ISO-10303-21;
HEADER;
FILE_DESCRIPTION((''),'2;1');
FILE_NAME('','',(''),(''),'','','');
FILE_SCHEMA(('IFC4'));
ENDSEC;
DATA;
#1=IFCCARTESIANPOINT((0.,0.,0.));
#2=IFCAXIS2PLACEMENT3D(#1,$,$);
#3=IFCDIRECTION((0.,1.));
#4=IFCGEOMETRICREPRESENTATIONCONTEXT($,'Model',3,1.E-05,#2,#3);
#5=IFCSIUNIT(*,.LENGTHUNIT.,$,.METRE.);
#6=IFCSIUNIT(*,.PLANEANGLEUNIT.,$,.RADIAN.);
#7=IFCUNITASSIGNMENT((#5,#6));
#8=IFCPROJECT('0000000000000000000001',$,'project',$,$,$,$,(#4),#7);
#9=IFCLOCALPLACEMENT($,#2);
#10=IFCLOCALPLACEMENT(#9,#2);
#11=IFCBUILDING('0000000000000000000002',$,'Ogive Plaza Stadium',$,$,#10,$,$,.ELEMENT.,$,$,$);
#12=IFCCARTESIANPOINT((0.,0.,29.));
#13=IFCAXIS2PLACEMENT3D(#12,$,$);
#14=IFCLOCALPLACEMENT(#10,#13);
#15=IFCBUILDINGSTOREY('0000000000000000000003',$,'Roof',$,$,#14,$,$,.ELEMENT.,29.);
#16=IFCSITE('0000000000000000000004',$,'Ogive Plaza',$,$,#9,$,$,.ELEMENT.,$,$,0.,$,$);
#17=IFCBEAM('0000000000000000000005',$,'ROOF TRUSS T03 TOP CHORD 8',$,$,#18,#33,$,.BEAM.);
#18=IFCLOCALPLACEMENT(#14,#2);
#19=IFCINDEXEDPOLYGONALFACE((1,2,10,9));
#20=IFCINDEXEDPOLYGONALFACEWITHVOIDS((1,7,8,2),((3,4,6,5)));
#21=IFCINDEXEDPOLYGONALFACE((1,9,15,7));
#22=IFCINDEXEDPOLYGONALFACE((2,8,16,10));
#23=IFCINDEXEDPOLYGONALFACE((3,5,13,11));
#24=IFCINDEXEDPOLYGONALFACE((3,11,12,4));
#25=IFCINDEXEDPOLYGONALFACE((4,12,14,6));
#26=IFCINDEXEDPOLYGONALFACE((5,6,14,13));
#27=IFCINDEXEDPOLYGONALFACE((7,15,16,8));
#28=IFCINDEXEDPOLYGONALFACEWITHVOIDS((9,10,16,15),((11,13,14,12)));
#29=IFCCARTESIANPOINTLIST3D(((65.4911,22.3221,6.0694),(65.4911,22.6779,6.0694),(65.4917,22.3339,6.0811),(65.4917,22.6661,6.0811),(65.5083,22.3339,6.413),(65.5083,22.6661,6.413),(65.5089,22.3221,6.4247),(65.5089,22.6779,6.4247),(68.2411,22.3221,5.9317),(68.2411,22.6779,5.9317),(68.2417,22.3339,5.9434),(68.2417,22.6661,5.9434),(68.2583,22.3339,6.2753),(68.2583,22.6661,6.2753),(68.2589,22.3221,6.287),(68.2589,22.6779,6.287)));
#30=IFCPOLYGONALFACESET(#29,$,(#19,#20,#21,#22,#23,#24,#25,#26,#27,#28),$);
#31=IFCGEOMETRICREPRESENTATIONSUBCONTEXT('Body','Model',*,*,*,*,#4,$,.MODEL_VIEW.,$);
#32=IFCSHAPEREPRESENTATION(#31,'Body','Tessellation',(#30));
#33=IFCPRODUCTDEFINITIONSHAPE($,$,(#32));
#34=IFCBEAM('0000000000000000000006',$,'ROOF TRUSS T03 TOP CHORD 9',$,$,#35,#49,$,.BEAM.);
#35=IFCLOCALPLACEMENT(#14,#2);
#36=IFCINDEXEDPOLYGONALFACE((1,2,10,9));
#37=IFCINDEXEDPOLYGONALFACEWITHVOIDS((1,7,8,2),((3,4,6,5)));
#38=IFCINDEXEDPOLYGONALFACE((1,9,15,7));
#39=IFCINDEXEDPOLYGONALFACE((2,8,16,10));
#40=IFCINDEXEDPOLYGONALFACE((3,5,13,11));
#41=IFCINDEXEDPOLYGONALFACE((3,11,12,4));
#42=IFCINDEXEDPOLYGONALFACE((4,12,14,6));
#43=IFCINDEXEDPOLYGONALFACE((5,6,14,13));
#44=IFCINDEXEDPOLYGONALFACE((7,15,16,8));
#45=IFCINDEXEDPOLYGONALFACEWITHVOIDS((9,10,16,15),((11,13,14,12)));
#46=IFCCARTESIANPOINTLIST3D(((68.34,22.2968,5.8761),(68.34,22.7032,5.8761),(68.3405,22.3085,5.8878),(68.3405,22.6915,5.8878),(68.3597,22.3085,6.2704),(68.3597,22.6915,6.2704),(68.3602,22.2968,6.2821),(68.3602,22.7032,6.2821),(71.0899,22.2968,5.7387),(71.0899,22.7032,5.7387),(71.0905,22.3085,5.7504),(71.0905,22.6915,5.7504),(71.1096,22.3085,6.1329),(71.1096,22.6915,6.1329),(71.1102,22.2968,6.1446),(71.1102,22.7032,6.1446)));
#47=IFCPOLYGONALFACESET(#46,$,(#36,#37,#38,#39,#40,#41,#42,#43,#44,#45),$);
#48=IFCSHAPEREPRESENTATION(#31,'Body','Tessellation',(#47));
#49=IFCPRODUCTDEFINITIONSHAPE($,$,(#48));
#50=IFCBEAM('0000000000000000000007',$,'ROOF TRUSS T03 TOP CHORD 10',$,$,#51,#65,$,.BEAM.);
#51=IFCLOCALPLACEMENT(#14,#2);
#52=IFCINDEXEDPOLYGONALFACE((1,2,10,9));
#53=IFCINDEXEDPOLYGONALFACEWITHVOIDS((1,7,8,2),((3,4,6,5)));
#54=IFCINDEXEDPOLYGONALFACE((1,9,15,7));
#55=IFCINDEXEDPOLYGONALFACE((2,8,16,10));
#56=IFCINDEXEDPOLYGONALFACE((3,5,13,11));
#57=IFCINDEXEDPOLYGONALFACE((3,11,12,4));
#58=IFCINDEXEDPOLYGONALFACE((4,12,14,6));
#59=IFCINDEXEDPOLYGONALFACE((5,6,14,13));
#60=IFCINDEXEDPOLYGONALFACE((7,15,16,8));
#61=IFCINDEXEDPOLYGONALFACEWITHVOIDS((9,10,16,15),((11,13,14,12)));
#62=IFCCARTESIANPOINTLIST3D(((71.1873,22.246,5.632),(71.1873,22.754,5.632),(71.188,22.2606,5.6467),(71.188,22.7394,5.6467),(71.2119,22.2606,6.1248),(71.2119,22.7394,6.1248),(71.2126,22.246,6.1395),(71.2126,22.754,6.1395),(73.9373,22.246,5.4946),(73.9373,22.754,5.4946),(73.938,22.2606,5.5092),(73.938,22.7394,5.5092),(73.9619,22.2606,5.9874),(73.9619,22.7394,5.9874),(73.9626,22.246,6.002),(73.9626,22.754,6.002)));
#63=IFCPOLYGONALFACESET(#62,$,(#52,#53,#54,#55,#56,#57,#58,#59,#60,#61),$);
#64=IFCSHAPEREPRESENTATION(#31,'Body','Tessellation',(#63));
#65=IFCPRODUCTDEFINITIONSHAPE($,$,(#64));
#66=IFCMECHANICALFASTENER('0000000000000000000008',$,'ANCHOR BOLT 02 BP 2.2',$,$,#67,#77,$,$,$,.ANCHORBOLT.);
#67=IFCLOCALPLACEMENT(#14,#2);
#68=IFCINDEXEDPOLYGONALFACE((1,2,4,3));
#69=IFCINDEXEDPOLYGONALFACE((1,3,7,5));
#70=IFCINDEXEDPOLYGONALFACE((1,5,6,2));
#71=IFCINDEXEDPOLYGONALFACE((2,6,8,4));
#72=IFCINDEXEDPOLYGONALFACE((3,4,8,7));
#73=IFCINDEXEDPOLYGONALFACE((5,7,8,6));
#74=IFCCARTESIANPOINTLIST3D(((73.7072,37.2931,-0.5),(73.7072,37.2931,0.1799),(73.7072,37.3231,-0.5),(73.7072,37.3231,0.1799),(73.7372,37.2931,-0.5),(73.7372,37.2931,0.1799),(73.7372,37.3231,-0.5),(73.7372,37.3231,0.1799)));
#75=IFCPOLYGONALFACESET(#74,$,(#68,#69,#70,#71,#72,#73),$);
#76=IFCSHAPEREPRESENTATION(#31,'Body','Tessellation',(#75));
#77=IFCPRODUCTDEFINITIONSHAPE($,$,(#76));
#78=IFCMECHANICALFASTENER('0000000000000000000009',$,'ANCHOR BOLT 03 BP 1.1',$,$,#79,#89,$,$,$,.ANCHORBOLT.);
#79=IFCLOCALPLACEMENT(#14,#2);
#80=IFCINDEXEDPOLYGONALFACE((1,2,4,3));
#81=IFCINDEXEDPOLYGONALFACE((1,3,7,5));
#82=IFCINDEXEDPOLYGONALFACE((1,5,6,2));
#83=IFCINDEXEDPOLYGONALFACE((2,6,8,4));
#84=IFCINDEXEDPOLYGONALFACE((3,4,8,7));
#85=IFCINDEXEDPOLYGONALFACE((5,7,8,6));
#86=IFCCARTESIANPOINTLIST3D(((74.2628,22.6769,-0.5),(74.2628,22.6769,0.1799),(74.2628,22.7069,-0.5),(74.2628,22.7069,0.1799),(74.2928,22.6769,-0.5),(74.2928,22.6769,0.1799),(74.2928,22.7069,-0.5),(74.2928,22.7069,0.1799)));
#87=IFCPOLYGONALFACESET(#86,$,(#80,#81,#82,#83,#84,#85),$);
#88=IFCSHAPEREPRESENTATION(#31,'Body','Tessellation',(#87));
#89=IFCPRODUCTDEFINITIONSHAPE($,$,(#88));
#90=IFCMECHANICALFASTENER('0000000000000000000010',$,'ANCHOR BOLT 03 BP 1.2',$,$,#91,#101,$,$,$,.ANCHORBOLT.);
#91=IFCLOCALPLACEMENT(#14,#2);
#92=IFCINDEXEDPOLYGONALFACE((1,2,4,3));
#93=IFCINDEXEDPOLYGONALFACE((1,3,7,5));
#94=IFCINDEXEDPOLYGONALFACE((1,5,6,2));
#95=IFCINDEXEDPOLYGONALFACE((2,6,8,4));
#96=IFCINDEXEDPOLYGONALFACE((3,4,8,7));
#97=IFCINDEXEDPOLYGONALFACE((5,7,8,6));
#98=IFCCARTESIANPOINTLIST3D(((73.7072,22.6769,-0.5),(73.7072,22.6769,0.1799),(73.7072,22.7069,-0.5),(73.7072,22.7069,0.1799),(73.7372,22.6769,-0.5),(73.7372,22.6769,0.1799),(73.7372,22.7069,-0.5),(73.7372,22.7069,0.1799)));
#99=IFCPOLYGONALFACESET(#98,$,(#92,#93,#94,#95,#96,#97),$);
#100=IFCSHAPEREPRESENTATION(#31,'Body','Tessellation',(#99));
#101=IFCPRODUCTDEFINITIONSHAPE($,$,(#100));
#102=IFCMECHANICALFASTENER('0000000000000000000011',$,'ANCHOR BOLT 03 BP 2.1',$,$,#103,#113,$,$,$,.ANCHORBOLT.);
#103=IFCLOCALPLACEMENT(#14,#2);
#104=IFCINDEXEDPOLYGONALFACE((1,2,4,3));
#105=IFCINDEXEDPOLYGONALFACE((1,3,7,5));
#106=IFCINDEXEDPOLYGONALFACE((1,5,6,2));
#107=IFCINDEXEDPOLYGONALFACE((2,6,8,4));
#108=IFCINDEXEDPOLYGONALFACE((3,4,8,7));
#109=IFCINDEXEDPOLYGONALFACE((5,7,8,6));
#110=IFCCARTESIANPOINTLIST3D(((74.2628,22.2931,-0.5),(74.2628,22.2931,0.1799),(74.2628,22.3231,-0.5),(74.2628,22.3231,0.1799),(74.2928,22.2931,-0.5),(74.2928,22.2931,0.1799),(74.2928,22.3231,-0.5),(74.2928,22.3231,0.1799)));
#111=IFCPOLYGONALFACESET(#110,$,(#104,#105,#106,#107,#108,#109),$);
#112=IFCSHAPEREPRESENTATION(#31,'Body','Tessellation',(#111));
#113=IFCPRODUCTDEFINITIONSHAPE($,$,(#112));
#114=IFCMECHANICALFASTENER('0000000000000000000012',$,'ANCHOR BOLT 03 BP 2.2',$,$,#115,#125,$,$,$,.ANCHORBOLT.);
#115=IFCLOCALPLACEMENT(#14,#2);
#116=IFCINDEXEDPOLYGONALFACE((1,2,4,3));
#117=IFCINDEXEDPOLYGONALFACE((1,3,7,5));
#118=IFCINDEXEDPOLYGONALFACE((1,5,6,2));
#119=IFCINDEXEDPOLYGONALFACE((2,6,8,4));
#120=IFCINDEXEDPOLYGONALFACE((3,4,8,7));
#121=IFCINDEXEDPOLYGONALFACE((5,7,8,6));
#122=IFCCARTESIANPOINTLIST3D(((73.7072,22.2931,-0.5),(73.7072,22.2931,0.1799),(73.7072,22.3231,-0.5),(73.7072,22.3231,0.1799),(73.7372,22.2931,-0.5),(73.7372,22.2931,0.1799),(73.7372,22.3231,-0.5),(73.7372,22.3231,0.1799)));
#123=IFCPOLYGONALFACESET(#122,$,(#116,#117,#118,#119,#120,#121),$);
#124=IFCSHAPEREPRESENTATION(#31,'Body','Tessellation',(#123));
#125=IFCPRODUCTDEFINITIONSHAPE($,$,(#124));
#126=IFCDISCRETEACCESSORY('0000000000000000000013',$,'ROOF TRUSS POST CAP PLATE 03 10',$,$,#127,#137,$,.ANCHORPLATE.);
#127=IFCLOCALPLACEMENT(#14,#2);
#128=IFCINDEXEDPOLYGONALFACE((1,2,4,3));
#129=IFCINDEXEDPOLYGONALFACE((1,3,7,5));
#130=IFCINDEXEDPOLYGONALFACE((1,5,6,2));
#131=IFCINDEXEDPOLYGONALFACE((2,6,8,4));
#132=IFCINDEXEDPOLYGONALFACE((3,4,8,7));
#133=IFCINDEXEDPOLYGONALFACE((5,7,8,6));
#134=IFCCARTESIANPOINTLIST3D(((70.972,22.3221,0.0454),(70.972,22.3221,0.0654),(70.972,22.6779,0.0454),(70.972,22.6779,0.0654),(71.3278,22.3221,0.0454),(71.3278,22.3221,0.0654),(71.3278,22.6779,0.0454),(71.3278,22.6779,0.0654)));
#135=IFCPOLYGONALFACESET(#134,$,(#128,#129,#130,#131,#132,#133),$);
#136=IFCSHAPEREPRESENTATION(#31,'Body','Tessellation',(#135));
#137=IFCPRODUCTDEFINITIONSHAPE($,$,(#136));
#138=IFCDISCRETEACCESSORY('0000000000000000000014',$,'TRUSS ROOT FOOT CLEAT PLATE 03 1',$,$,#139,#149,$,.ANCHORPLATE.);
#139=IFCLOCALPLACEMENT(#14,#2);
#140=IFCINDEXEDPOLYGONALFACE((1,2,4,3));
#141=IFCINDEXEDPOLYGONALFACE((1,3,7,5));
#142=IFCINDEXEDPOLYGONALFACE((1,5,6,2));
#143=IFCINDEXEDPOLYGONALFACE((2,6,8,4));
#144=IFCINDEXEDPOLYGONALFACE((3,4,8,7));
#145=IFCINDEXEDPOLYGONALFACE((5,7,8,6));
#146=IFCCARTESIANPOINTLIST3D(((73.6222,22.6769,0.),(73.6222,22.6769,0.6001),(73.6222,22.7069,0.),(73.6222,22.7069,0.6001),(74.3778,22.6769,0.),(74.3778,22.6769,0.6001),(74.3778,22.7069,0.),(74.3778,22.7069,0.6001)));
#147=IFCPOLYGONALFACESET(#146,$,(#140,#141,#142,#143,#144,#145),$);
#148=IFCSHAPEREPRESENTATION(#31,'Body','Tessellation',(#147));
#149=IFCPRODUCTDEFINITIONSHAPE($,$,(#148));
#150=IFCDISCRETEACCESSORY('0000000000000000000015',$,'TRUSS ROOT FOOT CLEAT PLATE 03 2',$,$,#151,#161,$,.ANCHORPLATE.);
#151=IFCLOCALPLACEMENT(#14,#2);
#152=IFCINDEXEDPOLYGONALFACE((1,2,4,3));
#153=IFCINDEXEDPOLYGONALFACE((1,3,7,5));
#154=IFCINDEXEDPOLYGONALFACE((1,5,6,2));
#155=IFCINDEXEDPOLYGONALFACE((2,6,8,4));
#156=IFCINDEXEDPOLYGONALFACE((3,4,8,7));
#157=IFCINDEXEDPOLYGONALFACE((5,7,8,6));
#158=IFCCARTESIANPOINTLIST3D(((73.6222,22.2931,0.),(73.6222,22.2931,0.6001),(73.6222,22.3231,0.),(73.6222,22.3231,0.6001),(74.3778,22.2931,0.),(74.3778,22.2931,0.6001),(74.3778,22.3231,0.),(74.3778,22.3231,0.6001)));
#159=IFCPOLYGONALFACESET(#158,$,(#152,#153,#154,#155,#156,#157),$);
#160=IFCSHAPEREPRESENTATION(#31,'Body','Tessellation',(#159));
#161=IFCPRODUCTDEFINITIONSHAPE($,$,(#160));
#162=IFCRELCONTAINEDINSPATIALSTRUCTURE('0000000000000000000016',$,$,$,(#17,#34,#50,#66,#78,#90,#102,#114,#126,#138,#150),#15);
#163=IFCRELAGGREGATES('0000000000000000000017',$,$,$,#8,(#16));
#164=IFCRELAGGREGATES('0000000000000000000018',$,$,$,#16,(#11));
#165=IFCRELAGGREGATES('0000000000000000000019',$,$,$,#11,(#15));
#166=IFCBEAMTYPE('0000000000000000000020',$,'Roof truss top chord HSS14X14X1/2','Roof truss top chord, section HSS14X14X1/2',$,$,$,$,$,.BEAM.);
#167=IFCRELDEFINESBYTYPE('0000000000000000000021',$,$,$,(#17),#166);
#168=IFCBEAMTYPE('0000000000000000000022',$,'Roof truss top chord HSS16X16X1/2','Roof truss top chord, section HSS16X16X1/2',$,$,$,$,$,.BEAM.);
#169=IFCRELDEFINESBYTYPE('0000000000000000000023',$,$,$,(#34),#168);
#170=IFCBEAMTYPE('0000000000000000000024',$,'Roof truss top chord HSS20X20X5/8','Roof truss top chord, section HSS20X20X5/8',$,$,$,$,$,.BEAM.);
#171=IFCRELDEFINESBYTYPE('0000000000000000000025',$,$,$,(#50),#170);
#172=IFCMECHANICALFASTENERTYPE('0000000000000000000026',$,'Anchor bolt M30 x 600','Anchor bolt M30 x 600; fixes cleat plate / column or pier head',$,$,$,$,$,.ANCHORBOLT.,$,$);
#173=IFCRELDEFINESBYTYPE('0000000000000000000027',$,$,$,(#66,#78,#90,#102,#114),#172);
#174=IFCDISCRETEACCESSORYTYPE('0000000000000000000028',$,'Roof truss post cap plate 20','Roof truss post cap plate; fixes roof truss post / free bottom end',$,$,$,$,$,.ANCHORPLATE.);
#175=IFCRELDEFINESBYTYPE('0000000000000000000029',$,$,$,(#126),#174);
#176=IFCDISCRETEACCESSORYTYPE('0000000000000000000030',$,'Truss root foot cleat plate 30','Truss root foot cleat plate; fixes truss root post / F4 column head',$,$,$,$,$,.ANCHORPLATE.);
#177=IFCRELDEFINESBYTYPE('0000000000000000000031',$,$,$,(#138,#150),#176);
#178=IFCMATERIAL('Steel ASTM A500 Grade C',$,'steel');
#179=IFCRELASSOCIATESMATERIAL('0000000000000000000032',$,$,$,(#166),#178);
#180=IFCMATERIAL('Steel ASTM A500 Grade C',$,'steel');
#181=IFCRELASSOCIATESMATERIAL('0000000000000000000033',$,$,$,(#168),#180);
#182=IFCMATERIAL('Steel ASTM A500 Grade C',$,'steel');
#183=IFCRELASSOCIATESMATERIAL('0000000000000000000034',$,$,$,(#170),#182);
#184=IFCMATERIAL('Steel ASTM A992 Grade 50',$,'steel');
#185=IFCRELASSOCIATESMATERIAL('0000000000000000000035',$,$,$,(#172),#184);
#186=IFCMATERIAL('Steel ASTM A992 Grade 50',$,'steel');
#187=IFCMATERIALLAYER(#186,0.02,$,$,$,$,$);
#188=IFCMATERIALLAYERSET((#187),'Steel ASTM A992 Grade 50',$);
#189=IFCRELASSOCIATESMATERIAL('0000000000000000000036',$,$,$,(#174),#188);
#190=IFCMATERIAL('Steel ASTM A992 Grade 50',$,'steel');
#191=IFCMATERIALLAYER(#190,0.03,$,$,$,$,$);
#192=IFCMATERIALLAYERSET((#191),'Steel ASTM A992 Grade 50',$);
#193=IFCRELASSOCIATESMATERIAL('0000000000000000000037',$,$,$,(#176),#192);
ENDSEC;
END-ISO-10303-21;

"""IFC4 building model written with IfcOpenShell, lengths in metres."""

from ifc_helpers import new_model, si_unit, direction, frame, origin, origin_2d, place, context, subcontext, project, spatial, rectangle, hollow_rectangle, extrude, material, layer, layer_set, material_profile, profile_set, type_object, element, save


model = new_model("IFC4")

# Units and contexts
model_context = context("Model", 3, precision=1e-05, world=origin(), true_north=direction((0.0, 1.0)))
body_context = subcontext(model_context, "Body", "Model", "MODEL_VIEW")
ifc_project = project(units=[si_unit("LENGTHUNIT", "METRE"), si_unit("PLANEANGLEUNIT", "RADIAN")], contexts=[model_context])

# Site, building, storey
site_placement = place(None, origin())
site = spatial("IfcSite", under=ifc_project, at=site_placement, Name="Ogive Plaza", CompositionType="ELEMENT", RefElevation=0.0)
building_placement = place(site_placement, origin())
building = spatial("IfcBuilding", under=site, at=building_placement, Name="Ogive Plaza Stadium", CompositionType="ELEMENT")
storey_placement = place(building_placement, frame((0.0, 0.0, 29.0)))
storey = spatial("IfcBuildingStorey", under=building, at=storey_placement, Name="Roof", CompositionType="ELEMENT", Elevation=29.0)

# Beams
ifc_material_1 = material(Name="Steel ASTM A500 Grade C", Category="steel")
ifc_material_profile_1 = material_profile(ifc_material_1, hollow_rectangle(XDim=0.3557, YDim=0.3557, WallThickness=0.0117, at=origin_2d()), Name="HSS14X14X1/2")
ifc_profile_set_1 = profile_set([ifc_material_profile_1], Name="Steel ASTM A500 Grade C")
beam_type_1 = type_object("IfcBeamType", Name="Roof truss top chord HSS14X14X1/2", Description="Roof truss top chord, section HSS14X14X1/2", PredefinedType="BEAM", material=ifc_profile_set_1)
beam_1_placement = place(storey_placement, frame((65.5, 22.5, 6.2471), z_axis=(0.998749, 0.0, -0.050008), x_axis=(0.0, 1.0, 0.0)))
element("IfcBeam", 1, at=beam_1_placement, inside=storey, type_object=beam_type_1, Name="ROOF TRUSS T03 TOP CHORD 8", PredefinedType="BEAM", context=body_context, shape_type="SweptSolid", body=[
    extrude(hollow_rectangle(XDim=0.3557, YDim=0.3557, WallThickness=0.0117, at=origin_2d()), origin(), (0.0, 0.0, 1.0), 2.7534),
])
ifc_material_2 = material(Name="Steel ASTM A500 Grade C", Category="steel")
ifc_material_profile_2 = material_profile(ifc_material_2, hollow_rectangle(XDim=0.4065, YDim=0.4065, WallThickness=0.0117, at=origin_2d()), Name="HSS16X16X1/2")
ifc_profile_set_2 = profile_set([ifc_material_profile_2], Name="Steel ASTM A500 Grade C")
beam_type_2 = type_object("IfcBeamType", Name="Roof truss top chord HSS16X16X1/2", Description="Roof truss top chord, section HSS16X16X1/2", PredefinedType="BEAM", material=ifc_profile_set_2)
beam_2_placement = place(storey_placement, frame((68.3501, 22.5, 6.0791), z_axis=(0.998753, 0.0, -0.04992), x_axis=(0.0, 1.0, 0.0)))
element("IfcBeam", 2, at=beam_2_placement, inside=storey, type_object=beam_type_2, Name="ROOF TRUSS T03 TOP CHORD 9", PredefinedType="BEAM", context=body_context, shape_type="SweptSolid", body=[
    extrude(hollow_rectangle(XDim=0.4065, YDim=0.4065, WallThickness=0.0117, at=origin_2d()), origin(), (0.0, 0.0, 1.0), 2.7534),
])
ifc_material_3 = material(Name="Steel ASTM A500 Grade C", Category="steel")
ifc_material_profile_3 = material_profile(ifc_material_3, hollow_rectangle(XDim=0.5081, YDim=0.5081, WallThickness=0.0146, at=origin_2d()), Name="HSS20X20X5/8")
ifc_profile_set_3 = profile_set([ifc_material_profile_3], Name="Steel ASTM A500 Grade C")
beam_type_3 = type_object("IfcBeamType", Name="Roof truss top chord HSS20X20X5/8", Description="Roof truss top chord, section HSS20X20X5/8", PredefinedType="BEAM", material=ifc_profile_set_3)
beam_3_placement = place(storey_placement, frame((71.2, 22.5, 5.8857), z_axis=(0.998753, 0.0, -0.04992), x_axis=(0.0, 1.0, 0.0)))
element("IfcBeam", 3, at=beam_3_placement, inside=storey, type_object=beam_type_3, Name="ROOF TRUSS T03 TOP CHORD 10", PredefinedType="BEAM", context=body_context, shape_type="SweptSolid", body=[
    extrude(hollow_rectangle(XDim=0.5081, YDim=0.5081, WallThickness=0.0146, at=origin_2d()), origin(), (0.0, 0.0, 1.0), 2.7534),
])

# Mechanical fasteners
ifc_material_4 = material(Name="Steel ASTM A992 Grade 50", Category="steel")
mechanical_fastener_type = type_object("IfcMechanicalFastenerType", Name="Anchor bolt M30 x 600", Description="Anchor bolt M30 x 600; fixes cleat plate / column or pier head", PredefinedType="ANCHORBOLT", material=ifc_material_4)
for number, where, z_axis, x_axis, name in (
    (4, (73.7222, 37.3081, -0.5), (0.0, 0.0, 1.0), (1.0, 0.0, 0.0), "ANCHOR BOLT 02 BP 2.2"),
    (5, (74.2778, 22.6919, -0.5), (0.0, 0.0, 1.0), (1.0, 0.0, 0.0), "ANCHOR BOLT 03 BP 1.1"),
    (6, (73.7222, 22.6919, -0.5), (0.0, 0.0, 1.0), (1.0, 0.0, 0.0), "ANCHOR BOLT 03 BP 1.2"),
    (7, (74.2778, 22.3081, -0.5), (0.0, 0.0, 1.0), (1.0, 0.0, 0.0), "ANCHOR BOLT 03 BP 2.1"),
    (8, (73.7222, 22.3081, -0.5), (0.0, 0.0, 1.0), (1.0, 0.0, 0.0), "ANCHOR BOLT 03 BP 2.2"),
):
    element("IfcMechanicalFastener", number, at=place(storey_placement, frame(where, z_axis=z_axis, x_axis=x_axis)), inside=storey, type_object=mechanical_fastener_type, Name=name, PredefinedType="ANCHORBOLT", context=body_context, shape_type="SweptSolid", body=[
        extrude(rectangle(XDim=0.03, YDim=0.03, at=origin_2d()), origin(), (0.0, 0.0, 1.0), 0.6799),
    ])

# Discrete accessories
ifc_material_5 = material(Name="Steel ASTM A992 Grade 50", Category="steel")
ifc_layer_1 = layer(ifc_material_5, 0.02)
ifc_layer_set_1 = layer_set([ifc_layer_1], Name="Steel ASTM A992 Grade 50")
discrete_accessory_type_1 = type_object("IfcDiscreteAccessoryType", Name="Roof truss post cap plate 20", Description="Roof truss post cap plate; fixes roof truss post / free bottom end", PredefinedType="ANCHORPLATE", material=ifc_layer_set_1)
discrete_accessory_placement = place(storey_placement, frame((71.1499, 22.5, 0.0454), z_axis=(0.0, 0.0, 1.0), x_axis=(1.0, 0.0, 0.0)))
element("IfcDiscreteAccessory", 9, at=discrete_accessory_placement, inside=storey, type_object=discrete_accessory_type_1, Name="ROOF TRUSS POST CAP PLATE 03 10", PredefinedType="ANCHORPLATE", context=body_context, shape_type="SweptSolid", body=[
    extrude(rectangle(XDim=0.3557, YDim=0.3557, at=origin_2d()), origin(), (0.0, 0.0, 1.0), 0.02),
])
ifc_material_6 = material(Name="Steel ASTM A992 Grade 50", Category="steel")
ifc_layer_2 = layer(ifc_material_6, 0.03)
ifc_layer_set_2 = layer_set([ifc_layer_2], Name="Steel ASTM A992 Grade 50")
discrete_accessory_type_2 = type_object("IfcDiscreteAccessoryType", Name="Truss root foot cleat plate 30", Description="Truss root foot cleat plate; fixes truss root post / F4 column head", PredefinedType="ANCHORPLATE", material=ifc_layer_set_2)
for number, where, z_axis, x_axis, name in (
    (10, (74.0, 22.6919, 0.0), (0.0, 0.0, 1.0), (1.0, 0.0, 0.0), "TRUSS ROOT FOOT CLEAT PLATE 03 1"),
    (11, (74.0, 22.3081, 0.0), (0.0, 0.0, 1.0), (1.0, 0.0, 0.0), "TRUSS ROOT FOOT CLEAT PLATE 03 2"),
):
    element("IfcDiscreteAccessory", number, at=place(storey_placement, frame(where, z_axis=z_axis, x_axis=x_axis)), inside=storey, type_object=discrete_accessory_type_2, Name=name, PredefinedType="ANCHORPLATE", context=body_context, shape_type="SweptSolid", body=[
        extrude(rectangle(XDim=0.7556, YDim=0.03, at=origin_2d()), origin(), (0.0, 0.0, 1.0), 0.6001),
    ])

save(model, "model.ifc")
